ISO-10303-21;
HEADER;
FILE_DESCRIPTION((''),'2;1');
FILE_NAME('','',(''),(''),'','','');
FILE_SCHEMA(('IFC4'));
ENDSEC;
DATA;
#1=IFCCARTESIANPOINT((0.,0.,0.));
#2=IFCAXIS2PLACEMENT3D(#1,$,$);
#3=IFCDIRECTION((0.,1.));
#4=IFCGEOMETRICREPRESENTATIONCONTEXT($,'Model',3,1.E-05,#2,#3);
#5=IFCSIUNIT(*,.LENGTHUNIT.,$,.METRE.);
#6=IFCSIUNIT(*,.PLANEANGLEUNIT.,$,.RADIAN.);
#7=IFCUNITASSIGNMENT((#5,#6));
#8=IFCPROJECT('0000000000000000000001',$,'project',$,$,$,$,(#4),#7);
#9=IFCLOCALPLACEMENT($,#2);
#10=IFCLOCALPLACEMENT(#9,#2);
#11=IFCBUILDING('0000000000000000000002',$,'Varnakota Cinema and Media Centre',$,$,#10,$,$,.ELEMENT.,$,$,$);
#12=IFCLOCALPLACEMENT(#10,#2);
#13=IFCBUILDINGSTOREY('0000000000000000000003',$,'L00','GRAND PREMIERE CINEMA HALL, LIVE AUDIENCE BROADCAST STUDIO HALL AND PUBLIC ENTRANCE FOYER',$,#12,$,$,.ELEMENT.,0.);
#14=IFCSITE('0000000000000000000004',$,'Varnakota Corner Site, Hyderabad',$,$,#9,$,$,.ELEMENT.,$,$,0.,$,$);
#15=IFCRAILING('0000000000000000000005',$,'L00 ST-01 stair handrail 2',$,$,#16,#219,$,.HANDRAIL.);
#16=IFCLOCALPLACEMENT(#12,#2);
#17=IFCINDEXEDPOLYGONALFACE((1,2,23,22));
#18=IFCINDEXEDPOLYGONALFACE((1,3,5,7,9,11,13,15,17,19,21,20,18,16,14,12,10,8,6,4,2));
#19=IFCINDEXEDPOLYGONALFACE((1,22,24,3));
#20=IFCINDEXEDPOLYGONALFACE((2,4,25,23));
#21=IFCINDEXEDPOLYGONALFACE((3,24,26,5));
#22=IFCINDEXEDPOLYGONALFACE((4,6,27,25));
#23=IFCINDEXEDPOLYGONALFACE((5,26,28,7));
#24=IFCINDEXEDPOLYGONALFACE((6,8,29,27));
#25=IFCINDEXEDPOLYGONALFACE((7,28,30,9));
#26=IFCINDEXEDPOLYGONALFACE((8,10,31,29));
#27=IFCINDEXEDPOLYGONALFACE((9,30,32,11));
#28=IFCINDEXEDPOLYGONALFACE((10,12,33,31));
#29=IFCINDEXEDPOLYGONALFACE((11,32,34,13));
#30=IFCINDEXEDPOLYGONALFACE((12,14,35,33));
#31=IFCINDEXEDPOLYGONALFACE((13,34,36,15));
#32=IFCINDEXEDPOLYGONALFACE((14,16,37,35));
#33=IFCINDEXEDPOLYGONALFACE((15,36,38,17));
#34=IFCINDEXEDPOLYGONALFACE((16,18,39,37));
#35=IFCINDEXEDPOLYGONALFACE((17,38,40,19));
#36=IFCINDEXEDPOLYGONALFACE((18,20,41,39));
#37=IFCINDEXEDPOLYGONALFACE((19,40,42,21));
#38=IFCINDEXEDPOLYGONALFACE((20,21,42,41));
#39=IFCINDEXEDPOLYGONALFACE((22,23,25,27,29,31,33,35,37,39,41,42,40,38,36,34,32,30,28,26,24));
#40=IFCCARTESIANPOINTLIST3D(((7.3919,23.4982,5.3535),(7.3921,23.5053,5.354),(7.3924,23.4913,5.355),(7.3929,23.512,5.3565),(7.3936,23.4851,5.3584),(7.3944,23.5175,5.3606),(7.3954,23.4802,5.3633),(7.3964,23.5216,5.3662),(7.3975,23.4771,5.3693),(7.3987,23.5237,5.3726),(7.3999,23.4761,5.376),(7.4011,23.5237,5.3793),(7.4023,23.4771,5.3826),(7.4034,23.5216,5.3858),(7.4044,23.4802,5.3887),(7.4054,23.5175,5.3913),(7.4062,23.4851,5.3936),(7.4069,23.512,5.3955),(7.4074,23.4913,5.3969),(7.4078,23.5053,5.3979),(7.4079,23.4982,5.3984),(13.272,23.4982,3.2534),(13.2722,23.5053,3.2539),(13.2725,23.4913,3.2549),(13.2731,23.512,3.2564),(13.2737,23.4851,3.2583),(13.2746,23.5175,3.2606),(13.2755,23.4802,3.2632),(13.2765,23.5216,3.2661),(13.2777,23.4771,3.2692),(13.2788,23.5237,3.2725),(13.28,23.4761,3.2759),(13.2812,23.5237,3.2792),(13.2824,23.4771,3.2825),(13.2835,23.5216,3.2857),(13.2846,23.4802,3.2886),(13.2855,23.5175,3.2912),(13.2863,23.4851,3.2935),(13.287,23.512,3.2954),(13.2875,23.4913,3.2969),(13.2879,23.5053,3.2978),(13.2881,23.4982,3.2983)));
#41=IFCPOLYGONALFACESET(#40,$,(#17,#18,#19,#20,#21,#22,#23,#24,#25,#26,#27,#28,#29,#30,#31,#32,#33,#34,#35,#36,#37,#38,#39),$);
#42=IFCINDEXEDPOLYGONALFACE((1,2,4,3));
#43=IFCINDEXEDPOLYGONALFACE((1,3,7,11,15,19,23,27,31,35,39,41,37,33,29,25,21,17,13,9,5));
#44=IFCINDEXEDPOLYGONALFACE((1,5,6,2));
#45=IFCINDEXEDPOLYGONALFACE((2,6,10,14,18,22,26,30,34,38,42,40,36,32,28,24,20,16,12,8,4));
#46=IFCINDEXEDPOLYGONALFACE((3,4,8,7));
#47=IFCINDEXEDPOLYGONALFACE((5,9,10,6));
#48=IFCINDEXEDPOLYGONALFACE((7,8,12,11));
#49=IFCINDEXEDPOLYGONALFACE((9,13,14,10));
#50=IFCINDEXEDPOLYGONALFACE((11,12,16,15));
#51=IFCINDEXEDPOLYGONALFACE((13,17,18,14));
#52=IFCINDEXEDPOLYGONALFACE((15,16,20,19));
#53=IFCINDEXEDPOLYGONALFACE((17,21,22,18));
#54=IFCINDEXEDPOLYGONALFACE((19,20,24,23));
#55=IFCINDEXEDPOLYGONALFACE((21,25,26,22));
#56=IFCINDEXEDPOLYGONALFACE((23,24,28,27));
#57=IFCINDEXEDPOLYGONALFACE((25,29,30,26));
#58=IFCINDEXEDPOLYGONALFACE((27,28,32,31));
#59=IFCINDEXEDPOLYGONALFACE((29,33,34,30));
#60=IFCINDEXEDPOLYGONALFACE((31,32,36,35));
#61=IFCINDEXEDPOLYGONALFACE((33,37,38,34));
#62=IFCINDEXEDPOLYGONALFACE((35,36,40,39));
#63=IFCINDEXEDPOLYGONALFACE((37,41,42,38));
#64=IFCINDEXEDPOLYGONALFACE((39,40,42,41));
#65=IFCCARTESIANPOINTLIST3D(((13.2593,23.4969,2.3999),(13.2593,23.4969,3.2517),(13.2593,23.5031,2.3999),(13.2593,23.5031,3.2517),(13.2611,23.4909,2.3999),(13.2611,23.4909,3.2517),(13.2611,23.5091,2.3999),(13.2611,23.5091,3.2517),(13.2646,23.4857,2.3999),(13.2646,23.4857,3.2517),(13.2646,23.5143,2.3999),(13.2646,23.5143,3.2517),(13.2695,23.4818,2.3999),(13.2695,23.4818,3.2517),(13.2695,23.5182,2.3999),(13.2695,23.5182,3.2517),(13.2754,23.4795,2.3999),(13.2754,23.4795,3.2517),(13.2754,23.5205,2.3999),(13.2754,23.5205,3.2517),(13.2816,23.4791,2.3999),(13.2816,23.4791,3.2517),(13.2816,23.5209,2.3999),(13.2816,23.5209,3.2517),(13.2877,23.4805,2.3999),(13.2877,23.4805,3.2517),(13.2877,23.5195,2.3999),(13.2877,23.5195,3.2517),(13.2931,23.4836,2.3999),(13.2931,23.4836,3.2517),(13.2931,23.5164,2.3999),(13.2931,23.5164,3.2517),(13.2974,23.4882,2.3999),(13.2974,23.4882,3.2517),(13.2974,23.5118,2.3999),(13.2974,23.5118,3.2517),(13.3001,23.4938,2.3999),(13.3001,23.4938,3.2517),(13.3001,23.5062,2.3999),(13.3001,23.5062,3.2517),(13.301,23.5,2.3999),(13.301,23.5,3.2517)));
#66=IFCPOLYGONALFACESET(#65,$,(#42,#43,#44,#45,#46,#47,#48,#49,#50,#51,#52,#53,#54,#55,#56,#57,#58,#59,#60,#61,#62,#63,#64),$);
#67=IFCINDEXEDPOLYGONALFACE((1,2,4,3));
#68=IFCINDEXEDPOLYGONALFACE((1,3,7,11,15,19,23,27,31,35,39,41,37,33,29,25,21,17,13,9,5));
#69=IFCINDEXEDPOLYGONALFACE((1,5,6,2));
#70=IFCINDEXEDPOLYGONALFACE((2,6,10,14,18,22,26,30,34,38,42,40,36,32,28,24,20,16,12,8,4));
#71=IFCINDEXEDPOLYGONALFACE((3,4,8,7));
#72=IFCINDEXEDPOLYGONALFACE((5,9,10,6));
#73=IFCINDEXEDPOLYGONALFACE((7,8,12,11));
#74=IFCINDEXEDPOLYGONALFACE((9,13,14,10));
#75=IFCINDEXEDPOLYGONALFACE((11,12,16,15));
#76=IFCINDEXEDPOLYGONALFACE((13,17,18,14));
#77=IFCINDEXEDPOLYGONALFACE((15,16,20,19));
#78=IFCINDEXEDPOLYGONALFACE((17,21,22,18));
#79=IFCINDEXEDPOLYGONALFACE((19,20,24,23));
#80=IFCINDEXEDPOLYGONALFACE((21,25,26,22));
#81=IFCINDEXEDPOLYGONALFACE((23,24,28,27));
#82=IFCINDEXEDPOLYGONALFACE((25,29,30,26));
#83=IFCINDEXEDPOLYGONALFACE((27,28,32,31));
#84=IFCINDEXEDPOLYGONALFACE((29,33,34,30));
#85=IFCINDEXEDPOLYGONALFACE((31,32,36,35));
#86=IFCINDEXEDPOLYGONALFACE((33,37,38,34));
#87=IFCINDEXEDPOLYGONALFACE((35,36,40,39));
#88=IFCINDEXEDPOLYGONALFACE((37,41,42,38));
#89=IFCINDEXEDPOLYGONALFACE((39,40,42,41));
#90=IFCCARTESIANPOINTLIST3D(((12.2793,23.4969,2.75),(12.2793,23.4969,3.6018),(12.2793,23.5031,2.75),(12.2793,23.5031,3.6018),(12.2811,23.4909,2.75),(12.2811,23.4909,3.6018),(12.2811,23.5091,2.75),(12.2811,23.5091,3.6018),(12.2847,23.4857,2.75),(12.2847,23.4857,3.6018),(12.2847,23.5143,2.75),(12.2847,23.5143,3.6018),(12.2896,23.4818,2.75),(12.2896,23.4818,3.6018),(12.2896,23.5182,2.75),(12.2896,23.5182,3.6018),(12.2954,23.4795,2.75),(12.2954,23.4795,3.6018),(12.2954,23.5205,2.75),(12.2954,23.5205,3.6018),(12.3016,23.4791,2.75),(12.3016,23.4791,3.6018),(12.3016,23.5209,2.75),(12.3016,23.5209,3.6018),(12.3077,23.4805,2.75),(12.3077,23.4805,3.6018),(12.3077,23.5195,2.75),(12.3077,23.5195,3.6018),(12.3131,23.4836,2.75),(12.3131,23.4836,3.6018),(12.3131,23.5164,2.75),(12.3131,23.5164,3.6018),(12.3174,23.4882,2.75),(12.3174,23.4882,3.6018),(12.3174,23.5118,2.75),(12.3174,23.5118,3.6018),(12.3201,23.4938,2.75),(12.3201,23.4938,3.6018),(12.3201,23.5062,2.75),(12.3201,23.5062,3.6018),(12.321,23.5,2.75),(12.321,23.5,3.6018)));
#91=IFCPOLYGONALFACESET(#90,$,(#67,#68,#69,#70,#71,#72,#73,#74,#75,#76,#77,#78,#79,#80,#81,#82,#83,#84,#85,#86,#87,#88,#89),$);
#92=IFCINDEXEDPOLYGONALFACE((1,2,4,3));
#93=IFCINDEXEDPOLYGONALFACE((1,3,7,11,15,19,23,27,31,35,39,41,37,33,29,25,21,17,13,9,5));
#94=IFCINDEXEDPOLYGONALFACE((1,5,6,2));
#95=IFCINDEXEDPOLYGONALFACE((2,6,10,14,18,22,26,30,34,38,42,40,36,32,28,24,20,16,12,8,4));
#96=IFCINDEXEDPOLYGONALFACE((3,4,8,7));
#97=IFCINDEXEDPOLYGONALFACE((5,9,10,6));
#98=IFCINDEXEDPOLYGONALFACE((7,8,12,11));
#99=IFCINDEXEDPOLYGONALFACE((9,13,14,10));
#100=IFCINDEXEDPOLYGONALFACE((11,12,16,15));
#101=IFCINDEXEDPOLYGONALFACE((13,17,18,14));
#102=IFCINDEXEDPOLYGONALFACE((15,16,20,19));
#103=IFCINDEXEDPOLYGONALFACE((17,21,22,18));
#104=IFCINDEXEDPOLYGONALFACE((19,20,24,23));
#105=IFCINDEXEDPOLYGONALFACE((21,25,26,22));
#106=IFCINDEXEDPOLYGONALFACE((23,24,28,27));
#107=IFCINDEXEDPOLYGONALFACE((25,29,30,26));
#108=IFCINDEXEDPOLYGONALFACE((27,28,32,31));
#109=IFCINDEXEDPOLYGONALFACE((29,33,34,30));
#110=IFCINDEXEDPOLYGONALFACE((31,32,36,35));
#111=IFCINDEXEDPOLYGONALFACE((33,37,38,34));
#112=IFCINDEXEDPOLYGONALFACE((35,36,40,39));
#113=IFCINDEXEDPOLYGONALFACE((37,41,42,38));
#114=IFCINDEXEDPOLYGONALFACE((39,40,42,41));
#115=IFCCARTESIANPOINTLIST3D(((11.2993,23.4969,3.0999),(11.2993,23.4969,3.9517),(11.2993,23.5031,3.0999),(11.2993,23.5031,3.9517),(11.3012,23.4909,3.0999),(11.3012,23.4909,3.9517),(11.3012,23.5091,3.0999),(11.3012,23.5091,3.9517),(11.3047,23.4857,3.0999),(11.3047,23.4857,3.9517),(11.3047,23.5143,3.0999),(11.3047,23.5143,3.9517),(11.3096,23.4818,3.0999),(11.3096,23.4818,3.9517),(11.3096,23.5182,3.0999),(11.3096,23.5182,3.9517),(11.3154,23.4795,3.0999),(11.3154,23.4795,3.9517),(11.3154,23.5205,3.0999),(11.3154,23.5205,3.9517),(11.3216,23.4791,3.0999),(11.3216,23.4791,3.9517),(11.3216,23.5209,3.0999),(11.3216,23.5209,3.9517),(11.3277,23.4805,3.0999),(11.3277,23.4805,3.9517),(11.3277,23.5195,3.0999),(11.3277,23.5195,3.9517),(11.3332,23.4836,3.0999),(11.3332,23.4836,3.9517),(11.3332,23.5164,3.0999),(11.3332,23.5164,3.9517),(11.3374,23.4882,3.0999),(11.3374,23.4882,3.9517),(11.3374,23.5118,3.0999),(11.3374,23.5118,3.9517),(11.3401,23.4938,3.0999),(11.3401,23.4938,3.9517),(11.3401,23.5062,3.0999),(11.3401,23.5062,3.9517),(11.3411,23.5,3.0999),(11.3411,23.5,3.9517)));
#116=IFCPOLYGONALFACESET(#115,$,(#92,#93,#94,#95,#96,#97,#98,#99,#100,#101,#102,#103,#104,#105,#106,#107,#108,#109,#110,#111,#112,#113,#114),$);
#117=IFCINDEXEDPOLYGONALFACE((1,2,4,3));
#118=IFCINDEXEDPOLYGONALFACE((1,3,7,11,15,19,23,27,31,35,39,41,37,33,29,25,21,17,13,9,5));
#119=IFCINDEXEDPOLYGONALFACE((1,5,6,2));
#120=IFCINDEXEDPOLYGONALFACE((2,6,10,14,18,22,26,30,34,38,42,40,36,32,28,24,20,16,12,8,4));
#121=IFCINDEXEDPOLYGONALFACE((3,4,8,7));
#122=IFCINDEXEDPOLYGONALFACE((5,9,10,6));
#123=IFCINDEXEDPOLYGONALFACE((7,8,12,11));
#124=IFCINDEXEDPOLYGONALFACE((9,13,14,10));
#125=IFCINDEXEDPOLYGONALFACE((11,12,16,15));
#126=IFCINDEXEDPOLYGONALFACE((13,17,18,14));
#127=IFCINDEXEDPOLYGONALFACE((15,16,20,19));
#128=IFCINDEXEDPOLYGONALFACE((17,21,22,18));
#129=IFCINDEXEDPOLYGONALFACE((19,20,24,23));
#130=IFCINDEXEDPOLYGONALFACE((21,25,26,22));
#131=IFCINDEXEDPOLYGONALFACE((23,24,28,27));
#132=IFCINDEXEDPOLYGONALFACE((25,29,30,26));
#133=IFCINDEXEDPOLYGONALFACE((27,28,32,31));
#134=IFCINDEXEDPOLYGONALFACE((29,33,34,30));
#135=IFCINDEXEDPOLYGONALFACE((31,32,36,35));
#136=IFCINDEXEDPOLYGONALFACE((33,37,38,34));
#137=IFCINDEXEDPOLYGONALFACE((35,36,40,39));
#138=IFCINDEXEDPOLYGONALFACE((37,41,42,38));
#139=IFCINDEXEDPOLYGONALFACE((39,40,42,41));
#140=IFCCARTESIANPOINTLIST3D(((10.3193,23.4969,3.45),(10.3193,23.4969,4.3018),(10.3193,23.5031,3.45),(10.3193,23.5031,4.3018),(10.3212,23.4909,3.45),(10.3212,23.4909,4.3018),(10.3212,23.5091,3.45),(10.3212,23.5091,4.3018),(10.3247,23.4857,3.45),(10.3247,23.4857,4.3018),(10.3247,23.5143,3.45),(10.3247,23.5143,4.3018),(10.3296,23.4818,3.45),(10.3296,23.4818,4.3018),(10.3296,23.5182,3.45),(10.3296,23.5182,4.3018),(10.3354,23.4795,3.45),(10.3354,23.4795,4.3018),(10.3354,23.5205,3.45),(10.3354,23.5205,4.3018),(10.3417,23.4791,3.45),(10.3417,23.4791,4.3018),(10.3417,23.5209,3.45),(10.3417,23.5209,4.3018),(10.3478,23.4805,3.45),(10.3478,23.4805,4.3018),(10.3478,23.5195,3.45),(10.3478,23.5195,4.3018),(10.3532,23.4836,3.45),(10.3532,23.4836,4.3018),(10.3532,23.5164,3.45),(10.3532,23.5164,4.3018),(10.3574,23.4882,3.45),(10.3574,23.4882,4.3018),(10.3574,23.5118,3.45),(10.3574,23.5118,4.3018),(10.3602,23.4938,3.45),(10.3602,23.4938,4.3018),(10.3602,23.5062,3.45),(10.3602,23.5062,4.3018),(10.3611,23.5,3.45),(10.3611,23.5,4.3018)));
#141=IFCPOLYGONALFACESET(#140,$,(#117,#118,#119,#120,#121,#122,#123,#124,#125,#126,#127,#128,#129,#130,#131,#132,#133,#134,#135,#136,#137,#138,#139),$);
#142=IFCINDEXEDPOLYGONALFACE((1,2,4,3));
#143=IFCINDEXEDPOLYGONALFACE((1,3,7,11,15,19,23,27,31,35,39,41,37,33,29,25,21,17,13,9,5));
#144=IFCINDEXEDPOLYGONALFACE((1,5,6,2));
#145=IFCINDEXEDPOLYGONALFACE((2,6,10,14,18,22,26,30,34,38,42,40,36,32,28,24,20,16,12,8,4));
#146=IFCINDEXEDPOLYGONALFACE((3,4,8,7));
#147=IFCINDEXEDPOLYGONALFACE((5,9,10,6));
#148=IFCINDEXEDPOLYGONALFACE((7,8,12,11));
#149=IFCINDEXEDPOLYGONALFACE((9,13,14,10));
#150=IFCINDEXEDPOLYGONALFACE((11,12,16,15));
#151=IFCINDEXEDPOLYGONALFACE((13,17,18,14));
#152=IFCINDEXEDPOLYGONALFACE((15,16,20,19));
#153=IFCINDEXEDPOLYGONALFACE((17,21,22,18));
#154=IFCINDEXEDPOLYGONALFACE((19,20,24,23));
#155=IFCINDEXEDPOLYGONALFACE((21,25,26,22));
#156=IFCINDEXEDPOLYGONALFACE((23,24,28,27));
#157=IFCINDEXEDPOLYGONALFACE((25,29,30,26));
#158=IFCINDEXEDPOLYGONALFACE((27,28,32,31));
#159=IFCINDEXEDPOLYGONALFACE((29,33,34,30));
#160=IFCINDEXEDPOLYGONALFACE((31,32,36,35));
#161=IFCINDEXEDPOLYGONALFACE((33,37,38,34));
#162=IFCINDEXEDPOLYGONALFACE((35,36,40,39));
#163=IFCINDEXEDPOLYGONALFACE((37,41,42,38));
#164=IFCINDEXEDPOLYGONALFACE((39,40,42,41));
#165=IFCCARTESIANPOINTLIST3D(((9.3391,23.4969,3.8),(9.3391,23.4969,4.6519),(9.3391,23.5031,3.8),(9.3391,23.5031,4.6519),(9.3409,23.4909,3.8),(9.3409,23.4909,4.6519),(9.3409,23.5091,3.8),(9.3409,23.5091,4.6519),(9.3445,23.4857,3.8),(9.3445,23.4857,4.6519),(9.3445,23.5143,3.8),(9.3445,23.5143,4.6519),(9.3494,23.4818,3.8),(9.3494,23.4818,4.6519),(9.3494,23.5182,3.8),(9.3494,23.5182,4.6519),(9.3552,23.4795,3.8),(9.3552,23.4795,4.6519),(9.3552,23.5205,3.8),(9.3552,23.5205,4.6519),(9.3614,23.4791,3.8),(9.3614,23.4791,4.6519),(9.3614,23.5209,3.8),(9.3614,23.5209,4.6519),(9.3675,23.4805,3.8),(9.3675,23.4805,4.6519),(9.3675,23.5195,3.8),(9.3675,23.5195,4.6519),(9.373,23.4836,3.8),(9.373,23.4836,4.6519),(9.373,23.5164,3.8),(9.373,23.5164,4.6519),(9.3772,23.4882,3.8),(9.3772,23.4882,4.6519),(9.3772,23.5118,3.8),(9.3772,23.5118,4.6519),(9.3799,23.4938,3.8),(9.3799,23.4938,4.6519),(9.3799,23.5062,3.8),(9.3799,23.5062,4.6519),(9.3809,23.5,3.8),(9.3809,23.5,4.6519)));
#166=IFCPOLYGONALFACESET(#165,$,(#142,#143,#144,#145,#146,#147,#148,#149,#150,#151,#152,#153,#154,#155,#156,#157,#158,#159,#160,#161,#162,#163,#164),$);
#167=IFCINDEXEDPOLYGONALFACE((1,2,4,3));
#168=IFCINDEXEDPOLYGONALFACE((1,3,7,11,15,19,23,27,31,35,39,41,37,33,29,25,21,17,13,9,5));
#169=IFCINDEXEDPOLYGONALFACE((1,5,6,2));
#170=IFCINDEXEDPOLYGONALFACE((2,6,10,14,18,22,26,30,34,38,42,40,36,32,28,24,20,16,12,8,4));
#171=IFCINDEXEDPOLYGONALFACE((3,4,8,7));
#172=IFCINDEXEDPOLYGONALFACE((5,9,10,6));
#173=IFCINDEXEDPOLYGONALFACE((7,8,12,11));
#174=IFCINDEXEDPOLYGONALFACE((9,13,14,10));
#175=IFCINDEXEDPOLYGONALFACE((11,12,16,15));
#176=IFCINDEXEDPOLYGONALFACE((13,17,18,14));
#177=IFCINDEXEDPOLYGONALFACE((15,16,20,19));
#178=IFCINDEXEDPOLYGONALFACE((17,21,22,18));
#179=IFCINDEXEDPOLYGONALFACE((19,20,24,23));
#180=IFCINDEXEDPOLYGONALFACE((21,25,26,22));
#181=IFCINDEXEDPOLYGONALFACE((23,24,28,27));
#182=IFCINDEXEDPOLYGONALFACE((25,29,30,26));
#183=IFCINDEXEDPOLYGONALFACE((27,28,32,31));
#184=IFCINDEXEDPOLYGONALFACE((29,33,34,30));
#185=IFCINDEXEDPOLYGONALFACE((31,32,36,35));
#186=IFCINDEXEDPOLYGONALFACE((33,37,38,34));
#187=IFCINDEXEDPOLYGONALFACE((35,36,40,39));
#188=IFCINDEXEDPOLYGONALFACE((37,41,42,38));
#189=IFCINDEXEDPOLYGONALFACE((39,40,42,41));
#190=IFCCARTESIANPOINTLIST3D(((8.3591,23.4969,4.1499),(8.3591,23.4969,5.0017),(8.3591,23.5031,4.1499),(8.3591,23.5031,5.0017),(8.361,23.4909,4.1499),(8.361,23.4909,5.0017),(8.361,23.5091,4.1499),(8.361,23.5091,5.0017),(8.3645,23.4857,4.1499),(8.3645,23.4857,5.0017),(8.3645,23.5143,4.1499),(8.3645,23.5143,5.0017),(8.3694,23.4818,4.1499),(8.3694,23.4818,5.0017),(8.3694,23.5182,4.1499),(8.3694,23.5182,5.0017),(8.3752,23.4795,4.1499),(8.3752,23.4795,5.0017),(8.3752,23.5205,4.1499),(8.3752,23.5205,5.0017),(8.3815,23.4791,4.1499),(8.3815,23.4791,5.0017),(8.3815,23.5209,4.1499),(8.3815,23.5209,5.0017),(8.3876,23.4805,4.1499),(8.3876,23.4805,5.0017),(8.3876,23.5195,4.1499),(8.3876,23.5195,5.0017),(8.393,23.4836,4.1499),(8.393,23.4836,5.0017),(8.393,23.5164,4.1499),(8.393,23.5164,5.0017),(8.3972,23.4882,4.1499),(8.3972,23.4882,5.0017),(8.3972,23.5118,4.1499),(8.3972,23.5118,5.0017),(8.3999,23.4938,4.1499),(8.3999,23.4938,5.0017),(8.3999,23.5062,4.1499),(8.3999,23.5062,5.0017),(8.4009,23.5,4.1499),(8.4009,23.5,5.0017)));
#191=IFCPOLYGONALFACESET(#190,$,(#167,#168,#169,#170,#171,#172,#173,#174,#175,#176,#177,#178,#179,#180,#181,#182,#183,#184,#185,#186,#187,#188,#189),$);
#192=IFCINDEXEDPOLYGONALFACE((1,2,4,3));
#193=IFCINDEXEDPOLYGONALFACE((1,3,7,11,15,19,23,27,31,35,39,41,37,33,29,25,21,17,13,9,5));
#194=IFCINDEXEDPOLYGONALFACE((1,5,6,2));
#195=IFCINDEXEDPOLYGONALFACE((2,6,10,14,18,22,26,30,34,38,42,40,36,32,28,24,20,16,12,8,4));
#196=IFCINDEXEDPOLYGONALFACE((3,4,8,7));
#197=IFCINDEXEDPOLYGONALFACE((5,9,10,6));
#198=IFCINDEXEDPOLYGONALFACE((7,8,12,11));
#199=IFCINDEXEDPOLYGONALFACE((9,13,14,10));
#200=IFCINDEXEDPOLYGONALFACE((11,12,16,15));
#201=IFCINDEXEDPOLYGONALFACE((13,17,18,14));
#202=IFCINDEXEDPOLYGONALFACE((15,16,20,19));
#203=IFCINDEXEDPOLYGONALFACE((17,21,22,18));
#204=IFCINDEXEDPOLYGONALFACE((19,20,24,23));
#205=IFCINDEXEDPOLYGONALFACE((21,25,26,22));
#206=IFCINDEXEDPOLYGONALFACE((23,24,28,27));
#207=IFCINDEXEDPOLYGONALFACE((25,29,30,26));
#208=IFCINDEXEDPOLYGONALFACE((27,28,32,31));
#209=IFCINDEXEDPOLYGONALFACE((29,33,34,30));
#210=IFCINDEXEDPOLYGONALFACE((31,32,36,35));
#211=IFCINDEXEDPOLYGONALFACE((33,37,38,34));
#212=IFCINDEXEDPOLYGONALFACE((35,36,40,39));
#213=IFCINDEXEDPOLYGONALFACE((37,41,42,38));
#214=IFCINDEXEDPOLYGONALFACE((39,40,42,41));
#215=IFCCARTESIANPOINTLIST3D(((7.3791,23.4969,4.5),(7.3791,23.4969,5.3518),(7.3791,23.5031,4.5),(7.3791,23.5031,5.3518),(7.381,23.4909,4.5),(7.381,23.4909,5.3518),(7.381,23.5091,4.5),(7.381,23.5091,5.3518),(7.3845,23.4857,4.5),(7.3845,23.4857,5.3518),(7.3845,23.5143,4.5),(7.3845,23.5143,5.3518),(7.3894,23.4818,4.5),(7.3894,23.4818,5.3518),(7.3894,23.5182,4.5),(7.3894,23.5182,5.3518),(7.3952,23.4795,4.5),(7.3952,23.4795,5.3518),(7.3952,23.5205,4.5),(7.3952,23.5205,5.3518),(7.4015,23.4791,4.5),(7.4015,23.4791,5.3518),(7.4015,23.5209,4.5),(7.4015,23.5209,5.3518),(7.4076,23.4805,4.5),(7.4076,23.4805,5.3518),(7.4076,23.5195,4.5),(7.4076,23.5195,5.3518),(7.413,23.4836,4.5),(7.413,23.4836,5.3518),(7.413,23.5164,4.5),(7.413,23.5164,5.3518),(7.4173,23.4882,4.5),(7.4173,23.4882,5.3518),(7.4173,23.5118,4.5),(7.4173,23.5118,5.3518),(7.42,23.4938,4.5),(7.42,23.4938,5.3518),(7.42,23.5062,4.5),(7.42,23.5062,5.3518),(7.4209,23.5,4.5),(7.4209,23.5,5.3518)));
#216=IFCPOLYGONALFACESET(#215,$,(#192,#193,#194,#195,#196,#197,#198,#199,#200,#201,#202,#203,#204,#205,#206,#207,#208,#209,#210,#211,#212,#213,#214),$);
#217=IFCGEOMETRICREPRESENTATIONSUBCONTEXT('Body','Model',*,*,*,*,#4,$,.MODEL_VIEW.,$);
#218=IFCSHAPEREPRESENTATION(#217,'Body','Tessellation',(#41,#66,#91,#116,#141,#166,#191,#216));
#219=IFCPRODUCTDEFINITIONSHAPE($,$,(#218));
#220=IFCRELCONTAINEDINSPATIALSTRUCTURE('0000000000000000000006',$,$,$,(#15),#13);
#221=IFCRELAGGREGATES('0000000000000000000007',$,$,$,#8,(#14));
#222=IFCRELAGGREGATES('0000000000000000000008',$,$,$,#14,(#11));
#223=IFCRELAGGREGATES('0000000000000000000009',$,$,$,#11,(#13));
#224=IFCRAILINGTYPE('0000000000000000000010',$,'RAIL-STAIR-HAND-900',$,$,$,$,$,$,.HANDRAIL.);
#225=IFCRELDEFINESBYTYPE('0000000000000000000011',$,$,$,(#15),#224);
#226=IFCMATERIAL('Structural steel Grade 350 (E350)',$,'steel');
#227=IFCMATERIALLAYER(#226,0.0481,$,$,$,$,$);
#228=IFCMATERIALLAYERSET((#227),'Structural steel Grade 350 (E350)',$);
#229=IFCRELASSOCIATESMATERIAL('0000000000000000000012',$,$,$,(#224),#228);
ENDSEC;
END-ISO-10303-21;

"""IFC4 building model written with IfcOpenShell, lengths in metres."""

from ifc_helpers import new_model, si_unit, direction, frame, origin, origin_2d, place, context, subcontext, project, spatial, circle, extrude, material, layer, layer_set, type_object, element, save


model = new_model("IFC4")

# Units and contexts
model_context = context("Model", 3, precision=1e-05, world=origin(), true_north=direction((0.0, 1.0)))
body_context = subcontext(model_context, "Body", "Model", "MODEL_VIEW")
ifc_project = project(units=[si_unit("LENGTHUNIT", "METRE"), si_unit("PLANEANGLEUNIT", "RADIAN")], contexts=[model_context])

# Site, building, storey
site_placement = place(None, origin())
site = spatial("IfcSite", under=ifc_project, at=site_placement, Name="Varnakota Corner Site, Hyderabad", CompositionType="ELEMENT", RefElevation=0.0)
building_placement = place(site_placement, origin())
building = spatial("IfcBuilding", under=site, at=building_placement, Name="Varnakota Cinema and Media Centre", CompositionType="ELEMENT")
storey_placement = place(building_placement, origin())
storey = spatial("IfcBuildingStorey", under=building, at=storey_placement, Name="L00", Description="GRAND PREMIERE CINEMA HALL, LIVE AUDIENCE BROADCAST STUDIO HALL AND PUBLIC ENTRANCE FOYER", CompositionType="ELEMENT", Elevation=0.0)

# Railing
ifc_material_1 = material(Name="Structural steel Grade 350 (E350)", Category="steel")
ifc_layer_1 = layer(ifc_material_1, 0.0481)
ifc_layer_set_1 = layer_set([ifc_layer_1], Name="Structural steel Grade 350 (E350)")
railing_type_1 = type_object("IfcRailingType", Name="RAIL-STAIR-HAND-900", PredefinedType="HANDRAIL", material=ifc_layer_set_1)
railing_1_placement = place(storey_placement, frame((13.28, 23.5, 2.3999)))
element("IfcRailing", 1, at=railing_1_placement, inside=storey, type_object=railing_type_1, Name="L00 ST-01 stair handrail 2", PredefinedType="HANDRAIL", context=body_context, shape_type="SweptSolid", body=[
    extrude(circle(Radius=0.0239, at=origin_2d()), frame((0.0, 0.0, 0.876), z_axis=(-0.941739, 0.0, 0.336344), x_axis=(0.0, -1.0, 0.0)), (0.0, 0.0, 1.0), 6.2439),
    extrude(circle(Radius=0.021, at=origin_2d()), origin(), (0.0, 0.0, 1.0), 0.8518),
    extrude(circle(Radius=0.021, at=origin_2d()), frame((-0.98, 0.0, 0.3501)), (0.0, 0.0, 1.0), 0.8518),
    extrude(circle(Radius=0.021, at=origin_2d()), frame((-1.96, 0.0, 0.7)), (0.0, 0.0, 1.0), 0.8518),
    extrude(circle(Radius=0.021, at=origin_2d()), frame((-2.9399, 0.0, 1.05)), (0.0, 0.0, 1.0), 0.8518),
    extrude(circle(Radius=0.021, at=origin_2d()), frame((-3.9202, 0.0, 1.4001)), (0.0, 0.0, 1.0), 0.8518),
    extrude(circle(Radius=0.021, at=origin_2d()), frame((-4.9001, 0.0, 1.75)), (0.0, 0.0, 1.0), 0.8518),
    extrude(circle(Radius=0.021, at=origin_2d()), frame((-5.8801, 0.0, 2.1001)), (0.0, 0.0, 1.0), 0.8518),
])

save(model, "model.ifc")
